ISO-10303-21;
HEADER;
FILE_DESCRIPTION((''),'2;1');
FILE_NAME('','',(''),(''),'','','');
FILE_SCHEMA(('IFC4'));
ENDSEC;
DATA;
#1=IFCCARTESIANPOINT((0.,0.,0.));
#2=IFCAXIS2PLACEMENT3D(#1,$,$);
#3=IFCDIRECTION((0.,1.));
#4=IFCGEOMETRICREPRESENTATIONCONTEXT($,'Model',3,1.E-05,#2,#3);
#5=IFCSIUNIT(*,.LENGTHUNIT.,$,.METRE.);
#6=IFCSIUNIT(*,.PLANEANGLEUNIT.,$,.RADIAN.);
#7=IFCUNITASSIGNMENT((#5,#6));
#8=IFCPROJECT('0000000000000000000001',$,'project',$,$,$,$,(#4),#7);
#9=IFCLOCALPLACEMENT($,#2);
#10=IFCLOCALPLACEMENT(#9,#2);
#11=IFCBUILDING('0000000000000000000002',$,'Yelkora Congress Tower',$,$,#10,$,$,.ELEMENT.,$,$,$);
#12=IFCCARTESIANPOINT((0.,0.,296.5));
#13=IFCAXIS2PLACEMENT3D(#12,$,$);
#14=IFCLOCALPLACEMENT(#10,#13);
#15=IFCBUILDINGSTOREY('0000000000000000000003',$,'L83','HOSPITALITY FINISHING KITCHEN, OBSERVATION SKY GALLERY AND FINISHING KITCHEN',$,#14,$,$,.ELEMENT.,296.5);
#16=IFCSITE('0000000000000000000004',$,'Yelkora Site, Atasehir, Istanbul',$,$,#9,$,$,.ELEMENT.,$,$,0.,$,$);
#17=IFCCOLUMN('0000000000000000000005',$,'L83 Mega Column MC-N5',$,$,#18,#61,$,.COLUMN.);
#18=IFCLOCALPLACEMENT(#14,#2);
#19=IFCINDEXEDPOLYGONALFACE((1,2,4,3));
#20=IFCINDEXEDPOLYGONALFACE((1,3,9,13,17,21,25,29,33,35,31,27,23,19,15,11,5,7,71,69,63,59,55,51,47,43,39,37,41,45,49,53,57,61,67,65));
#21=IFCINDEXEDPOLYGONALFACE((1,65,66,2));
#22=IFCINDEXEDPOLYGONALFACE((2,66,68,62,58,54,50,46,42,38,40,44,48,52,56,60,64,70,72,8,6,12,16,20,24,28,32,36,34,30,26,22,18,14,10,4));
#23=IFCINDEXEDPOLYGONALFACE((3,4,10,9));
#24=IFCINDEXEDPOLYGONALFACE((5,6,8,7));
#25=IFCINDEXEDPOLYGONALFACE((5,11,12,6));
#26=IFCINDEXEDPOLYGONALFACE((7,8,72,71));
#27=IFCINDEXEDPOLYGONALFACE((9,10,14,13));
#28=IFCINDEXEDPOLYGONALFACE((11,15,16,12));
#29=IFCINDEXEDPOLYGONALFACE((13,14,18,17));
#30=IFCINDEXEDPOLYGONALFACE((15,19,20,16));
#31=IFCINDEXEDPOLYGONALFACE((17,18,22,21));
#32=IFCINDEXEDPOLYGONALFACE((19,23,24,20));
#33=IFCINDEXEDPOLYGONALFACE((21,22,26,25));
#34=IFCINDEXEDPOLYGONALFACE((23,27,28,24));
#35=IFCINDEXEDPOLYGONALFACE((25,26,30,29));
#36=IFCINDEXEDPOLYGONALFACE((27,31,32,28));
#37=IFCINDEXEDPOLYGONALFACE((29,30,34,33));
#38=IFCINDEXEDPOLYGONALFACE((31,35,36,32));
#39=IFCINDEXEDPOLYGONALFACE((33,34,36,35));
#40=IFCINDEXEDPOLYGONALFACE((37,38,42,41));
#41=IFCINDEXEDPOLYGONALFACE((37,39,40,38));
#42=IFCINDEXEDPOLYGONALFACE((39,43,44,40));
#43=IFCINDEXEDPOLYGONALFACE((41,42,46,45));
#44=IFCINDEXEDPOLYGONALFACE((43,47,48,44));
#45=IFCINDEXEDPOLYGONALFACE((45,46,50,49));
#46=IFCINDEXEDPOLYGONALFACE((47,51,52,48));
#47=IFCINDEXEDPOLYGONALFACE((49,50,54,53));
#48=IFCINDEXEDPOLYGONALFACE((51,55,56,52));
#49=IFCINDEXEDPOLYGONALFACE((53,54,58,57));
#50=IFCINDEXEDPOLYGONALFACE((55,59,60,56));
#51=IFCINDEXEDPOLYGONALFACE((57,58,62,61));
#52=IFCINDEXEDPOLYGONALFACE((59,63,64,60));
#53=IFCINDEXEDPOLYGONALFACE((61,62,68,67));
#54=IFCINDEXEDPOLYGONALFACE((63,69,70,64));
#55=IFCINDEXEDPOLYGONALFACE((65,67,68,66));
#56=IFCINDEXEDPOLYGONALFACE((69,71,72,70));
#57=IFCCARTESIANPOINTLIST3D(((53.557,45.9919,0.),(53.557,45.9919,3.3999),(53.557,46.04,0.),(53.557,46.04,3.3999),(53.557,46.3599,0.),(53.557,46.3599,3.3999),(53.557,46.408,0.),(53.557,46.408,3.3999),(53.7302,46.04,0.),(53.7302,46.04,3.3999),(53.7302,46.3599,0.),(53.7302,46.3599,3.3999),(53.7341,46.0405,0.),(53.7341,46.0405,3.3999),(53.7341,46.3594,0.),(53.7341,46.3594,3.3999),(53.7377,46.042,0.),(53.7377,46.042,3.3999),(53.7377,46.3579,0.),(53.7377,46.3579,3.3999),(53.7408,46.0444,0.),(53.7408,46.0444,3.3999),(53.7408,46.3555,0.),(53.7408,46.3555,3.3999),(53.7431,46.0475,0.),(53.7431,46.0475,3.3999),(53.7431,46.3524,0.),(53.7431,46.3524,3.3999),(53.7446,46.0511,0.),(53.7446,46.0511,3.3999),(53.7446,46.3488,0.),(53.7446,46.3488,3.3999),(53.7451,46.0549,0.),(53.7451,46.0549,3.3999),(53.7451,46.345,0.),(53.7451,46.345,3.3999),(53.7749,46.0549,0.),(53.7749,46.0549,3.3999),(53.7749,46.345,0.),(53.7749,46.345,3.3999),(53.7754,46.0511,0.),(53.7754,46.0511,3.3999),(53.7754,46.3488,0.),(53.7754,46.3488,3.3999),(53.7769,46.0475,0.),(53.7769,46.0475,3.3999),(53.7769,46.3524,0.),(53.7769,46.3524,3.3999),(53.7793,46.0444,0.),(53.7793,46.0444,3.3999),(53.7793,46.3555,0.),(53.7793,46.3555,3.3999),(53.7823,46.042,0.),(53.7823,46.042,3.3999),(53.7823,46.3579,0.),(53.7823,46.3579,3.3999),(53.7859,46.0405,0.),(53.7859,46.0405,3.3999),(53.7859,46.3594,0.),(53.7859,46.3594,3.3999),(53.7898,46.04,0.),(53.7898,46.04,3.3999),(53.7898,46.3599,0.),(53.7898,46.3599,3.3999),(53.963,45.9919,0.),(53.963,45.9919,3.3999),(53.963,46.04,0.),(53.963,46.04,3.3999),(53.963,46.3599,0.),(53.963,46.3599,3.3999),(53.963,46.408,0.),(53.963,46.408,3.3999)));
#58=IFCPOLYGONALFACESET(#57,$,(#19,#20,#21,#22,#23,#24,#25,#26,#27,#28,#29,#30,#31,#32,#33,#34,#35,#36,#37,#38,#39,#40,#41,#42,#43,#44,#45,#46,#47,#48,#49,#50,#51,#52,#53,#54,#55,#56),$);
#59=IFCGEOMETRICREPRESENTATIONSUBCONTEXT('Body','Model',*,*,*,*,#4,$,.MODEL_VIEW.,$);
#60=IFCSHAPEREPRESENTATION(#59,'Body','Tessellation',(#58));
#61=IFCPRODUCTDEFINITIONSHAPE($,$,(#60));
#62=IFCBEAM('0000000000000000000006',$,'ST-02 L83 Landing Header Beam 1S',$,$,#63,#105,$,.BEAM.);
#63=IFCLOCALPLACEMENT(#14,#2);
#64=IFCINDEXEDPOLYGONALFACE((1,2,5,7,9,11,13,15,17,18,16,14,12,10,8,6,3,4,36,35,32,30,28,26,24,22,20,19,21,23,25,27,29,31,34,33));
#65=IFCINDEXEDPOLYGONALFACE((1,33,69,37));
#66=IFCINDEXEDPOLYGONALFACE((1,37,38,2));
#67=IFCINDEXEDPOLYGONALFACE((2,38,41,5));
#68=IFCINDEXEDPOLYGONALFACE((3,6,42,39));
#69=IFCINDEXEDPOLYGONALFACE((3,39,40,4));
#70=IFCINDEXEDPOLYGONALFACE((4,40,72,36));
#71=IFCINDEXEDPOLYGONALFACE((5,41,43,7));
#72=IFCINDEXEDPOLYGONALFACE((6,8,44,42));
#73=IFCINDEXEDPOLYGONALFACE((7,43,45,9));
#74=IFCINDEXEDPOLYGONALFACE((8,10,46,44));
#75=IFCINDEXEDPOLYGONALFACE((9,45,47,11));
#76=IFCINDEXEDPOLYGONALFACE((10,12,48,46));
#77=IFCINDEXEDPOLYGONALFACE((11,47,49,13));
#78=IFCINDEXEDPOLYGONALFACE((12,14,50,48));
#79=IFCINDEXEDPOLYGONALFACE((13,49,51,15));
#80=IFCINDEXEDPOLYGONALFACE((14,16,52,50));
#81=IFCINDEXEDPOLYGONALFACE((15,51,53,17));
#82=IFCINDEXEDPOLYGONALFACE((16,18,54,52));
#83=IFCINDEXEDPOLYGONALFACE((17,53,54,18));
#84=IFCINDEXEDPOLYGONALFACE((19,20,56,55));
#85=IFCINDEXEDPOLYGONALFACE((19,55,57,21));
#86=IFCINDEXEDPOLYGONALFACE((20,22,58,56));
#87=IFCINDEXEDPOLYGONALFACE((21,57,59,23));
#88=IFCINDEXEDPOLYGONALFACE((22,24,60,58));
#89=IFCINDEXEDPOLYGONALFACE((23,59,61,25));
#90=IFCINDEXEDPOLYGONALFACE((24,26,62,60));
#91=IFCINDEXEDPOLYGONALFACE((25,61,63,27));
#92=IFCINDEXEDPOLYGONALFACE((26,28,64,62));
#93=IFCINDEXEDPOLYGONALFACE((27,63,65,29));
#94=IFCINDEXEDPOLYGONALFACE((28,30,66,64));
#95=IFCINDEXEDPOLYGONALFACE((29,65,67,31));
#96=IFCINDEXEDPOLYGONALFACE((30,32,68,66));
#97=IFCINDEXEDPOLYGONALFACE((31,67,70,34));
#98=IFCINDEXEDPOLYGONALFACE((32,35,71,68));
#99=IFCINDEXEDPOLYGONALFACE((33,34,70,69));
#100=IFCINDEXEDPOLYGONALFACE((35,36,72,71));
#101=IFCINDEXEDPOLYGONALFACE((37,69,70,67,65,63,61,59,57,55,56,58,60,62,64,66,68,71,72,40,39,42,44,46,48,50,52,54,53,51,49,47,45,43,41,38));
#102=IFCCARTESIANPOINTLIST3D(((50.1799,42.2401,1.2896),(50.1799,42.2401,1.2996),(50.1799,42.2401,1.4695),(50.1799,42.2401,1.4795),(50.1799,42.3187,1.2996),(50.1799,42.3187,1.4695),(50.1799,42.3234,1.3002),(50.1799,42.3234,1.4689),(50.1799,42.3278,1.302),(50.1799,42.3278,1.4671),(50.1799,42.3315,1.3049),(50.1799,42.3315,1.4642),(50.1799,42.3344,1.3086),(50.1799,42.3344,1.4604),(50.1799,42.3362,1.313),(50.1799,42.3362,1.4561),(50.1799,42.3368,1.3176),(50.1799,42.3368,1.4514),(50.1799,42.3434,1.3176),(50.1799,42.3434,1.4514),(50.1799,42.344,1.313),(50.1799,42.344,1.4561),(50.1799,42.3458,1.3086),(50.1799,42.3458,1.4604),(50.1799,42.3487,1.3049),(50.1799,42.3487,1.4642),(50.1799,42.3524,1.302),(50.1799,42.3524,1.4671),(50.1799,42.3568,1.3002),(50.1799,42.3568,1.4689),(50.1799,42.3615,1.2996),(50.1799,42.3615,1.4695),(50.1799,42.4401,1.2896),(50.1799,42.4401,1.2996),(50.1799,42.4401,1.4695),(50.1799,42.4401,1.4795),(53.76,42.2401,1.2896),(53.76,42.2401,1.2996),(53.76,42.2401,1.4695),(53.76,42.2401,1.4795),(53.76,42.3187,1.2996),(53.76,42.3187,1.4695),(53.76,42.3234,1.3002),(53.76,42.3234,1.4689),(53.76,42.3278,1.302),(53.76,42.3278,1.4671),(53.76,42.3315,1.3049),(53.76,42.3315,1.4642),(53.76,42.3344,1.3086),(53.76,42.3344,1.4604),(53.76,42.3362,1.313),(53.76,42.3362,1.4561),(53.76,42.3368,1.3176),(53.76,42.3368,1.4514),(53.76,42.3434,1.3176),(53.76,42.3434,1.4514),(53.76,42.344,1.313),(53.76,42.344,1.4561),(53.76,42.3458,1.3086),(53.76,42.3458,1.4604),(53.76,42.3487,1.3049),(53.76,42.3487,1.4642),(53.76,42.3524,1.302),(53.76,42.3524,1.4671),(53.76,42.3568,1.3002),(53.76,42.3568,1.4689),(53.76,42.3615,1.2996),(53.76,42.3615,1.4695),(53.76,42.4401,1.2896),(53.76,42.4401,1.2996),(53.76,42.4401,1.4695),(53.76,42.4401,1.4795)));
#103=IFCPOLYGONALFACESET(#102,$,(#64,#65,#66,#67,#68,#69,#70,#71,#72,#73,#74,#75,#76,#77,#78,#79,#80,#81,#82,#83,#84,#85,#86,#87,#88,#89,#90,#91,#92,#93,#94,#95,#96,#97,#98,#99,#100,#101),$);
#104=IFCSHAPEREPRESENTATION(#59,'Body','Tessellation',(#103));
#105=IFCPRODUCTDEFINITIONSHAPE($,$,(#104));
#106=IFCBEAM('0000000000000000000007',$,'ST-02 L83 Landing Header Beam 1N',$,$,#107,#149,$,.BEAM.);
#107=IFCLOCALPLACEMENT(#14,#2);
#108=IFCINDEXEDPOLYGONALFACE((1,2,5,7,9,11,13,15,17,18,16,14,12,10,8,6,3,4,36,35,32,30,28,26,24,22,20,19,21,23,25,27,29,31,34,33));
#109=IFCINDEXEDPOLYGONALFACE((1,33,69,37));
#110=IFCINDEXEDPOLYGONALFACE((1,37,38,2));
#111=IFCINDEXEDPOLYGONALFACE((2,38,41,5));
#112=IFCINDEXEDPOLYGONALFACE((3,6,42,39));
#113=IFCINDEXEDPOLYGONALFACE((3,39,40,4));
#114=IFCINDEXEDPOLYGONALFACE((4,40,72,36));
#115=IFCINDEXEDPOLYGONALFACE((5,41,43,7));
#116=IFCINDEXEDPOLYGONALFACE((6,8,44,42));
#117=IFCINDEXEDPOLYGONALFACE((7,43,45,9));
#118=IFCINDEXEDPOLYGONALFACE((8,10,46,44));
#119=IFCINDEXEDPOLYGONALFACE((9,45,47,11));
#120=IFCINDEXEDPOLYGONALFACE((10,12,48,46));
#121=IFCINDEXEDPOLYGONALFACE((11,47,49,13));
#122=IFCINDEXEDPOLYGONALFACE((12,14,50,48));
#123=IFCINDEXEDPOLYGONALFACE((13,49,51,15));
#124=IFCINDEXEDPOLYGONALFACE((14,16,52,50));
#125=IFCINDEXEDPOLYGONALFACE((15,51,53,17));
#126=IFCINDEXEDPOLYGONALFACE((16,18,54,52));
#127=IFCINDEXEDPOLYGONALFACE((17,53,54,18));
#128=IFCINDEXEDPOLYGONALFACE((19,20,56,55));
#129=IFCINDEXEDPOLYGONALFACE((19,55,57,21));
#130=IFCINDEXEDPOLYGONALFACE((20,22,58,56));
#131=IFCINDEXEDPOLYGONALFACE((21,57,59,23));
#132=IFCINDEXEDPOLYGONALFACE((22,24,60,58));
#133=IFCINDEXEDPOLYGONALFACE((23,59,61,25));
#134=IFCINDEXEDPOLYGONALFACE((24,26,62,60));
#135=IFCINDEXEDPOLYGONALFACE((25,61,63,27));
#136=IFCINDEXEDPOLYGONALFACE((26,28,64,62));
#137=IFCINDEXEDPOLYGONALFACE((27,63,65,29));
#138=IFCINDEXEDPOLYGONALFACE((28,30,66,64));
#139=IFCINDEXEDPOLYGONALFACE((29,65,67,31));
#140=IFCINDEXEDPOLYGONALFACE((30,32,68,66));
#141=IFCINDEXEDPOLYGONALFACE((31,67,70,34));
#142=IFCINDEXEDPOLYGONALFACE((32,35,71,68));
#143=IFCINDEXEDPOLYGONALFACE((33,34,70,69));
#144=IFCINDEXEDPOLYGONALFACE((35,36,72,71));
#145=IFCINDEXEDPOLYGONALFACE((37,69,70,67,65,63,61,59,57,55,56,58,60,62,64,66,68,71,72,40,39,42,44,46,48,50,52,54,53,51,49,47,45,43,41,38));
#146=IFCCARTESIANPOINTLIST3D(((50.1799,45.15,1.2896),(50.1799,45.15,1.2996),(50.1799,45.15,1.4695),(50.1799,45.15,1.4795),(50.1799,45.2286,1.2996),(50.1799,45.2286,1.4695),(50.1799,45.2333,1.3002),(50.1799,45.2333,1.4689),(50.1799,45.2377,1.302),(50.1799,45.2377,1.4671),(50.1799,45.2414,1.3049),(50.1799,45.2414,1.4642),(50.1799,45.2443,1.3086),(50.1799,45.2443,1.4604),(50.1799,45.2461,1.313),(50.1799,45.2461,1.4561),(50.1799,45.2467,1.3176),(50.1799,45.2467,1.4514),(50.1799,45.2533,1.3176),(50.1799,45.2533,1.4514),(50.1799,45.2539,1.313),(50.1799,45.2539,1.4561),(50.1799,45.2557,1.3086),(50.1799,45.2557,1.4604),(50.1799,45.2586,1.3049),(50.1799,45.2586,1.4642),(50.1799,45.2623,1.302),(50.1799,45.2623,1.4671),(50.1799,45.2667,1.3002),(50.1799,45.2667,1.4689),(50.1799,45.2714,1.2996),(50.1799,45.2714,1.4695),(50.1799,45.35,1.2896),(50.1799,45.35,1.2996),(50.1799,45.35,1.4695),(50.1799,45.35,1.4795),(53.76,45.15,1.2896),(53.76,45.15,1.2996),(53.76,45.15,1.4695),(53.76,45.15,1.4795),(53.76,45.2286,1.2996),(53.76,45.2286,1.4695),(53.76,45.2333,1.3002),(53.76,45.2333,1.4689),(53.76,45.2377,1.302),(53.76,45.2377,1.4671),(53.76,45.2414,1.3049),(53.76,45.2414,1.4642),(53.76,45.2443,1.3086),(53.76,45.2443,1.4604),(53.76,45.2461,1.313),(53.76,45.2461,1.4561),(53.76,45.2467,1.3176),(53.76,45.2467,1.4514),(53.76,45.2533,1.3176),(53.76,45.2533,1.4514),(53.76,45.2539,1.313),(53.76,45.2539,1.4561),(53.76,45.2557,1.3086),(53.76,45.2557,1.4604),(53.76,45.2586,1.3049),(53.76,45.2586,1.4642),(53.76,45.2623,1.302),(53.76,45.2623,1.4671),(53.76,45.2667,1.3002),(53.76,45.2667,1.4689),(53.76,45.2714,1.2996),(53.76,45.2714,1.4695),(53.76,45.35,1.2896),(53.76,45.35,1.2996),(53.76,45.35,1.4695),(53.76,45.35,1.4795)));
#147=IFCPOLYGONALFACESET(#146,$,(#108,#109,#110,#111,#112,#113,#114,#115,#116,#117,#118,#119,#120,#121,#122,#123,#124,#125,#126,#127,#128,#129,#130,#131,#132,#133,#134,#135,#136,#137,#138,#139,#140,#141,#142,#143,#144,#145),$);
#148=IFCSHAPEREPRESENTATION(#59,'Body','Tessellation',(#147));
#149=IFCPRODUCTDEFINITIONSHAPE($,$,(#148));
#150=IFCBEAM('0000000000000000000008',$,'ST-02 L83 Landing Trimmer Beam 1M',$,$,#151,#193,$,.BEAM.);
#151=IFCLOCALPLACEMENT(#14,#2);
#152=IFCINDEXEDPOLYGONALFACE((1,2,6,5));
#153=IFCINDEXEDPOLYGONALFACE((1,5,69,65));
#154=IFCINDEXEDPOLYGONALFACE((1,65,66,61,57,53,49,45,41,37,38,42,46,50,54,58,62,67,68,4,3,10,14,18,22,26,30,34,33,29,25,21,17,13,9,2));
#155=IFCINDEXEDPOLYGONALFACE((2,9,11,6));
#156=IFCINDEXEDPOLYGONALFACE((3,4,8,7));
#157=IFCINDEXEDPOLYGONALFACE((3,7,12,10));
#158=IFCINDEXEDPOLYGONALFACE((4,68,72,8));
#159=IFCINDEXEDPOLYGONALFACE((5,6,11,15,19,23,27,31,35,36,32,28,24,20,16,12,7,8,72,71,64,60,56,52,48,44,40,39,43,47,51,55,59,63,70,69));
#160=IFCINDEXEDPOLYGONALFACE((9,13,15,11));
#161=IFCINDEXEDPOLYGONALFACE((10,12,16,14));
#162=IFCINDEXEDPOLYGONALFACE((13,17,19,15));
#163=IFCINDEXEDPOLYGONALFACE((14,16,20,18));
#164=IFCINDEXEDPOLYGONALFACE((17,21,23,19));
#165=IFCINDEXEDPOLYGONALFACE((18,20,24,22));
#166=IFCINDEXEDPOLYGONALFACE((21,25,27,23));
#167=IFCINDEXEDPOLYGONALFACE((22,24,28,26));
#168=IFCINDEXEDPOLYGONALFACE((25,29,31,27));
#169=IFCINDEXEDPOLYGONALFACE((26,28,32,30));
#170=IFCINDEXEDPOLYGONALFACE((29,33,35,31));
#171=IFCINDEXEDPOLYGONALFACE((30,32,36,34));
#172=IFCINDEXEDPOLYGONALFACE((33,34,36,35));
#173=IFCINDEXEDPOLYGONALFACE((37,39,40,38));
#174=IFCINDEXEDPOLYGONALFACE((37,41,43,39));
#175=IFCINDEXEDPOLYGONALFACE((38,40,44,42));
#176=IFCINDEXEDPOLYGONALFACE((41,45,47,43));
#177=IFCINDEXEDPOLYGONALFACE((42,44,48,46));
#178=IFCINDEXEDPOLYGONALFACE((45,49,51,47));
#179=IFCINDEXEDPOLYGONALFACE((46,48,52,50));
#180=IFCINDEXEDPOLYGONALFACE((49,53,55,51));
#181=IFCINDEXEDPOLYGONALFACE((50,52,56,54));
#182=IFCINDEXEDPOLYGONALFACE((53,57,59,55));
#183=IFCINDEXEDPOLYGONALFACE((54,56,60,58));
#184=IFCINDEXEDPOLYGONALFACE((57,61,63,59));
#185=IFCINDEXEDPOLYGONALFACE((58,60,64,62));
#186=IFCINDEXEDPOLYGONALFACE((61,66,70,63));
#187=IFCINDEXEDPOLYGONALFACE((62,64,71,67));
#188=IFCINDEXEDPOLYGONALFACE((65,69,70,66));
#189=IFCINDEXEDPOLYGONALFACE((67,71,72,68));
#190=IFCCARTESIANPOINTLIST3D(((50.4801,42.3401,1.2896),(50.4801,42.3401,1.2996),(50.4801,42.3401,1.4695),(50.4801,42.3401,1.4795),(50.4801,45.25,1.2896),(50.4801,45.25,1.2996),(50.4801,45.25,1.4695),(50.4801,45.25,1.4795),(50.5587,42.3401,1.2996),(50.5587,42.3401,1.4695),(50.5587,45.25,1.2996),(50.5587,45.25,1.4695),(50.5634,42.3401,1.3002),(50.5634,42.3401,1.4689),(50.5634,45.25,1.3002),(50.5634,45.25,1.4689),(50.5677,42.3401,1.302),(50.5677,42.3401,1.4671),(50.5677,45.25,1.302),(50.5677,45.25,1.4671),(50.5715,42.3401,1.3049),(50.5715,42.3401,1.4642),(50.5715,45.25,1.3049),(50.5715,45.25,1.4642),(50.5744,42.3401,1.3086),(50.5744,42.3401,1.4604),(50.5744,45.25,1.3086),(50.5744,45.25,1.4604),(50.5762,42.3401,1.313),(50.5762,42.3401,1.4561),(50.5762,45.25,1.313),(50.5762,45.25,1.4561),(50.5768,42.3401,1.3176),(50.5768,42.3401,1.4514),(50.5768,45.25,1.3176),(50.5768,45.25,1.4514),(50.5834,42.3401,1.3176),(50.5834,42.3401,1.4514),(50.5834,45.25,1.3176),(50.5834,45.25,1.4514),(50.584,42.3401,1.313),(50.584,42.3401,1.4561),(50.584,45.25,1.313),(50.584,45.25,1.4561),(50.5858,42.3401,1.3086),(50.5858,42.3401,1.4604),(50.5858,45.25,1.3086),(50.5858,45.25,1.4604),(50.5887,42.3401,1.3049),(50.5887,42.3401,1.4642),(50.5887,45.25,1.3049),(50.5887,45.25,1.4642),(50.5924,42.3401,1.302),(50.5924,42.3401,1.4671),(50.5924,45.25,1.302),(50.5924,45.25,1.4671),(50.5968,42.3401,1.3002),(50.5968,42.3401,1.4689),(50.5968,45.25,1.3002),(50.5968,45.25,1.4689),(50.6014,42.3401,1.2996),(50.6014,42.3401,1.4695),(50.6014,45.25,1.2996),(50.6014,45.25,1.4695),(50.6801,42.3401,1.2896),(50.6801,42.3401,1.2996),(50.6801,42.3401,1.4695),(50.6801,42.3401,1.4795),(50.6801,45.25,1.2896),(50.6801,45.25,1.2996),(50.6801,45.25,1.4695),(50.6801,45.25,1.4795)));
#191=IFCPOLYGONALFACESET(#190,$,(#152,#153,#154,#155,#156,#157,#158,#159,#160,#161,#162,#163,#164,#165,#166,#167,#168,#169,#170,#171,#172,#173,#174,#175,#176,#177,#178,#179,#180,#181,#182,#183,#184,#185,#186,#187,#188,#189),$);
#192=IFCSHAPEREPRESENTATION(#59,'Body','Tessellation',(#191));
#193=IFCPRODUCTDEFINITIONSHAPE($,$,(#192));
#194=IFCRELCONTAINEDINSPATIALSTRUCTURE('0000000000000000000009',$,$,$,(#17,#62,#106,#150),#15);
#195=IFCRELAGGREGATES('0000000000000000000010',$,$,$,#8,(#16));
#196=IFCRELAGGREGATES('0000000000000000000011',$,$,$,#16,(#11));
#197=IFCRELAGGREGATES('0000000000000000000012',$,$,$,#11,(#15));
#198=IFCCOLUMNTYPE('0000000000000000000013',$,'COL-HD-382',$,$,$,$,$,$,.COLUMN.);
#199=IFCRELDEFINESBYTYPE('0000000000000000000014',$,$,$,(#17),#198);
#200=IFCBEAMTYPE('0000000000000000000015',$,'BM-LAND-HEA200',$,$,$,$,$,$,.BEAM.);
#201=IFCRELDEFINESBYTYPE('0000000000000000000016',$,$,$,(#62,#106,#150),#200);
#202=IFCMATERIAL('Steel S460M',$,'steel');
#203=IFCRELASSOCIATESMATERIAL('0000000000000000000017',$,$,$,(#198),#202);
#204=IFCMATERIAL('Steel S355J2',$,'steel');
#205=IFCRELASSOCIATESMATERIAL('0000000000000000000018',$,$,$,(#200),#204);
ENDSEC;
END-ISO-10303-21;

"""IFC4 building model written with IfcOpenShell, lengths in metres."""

from ifc_helpers import new_model, si_unit, direction, frame, origin, origin_2d, place, context, subcontext, project, spatial, i_section, extrude, material, material_profile, profile_set, type_object, element, save


model = new_model("IFC4")

# Units and contexts
model_context = context("Model", 3, precision=1e-05, world=origin(), true_north=direction((0.0, 1.0)))
body_context = subcontext(model_context, "Body", "Model", "MODEL_VIEW")
ifc_project = project(units=[si_unit("LENGTHUNIT", "METRE"), si_unit("PLANEANGLEUNIT", "RADIAN")], contexts=[model_context])

# Site, building, storey
site_placement = place(None, origin())
site = spatial("IfcSite", under=ifc_project, at=site_placement, Name="Yelkora Site, Atasehir, Istanbul", CompositionType="ELEMENT", RefElevation=0.0)
building_placement = place(site_placement, origin())
building = spatial("IfcBuilding", under=site, at=building_placement, Name="Yelkora Congress Tower", CompositionType="ELEMENT")
storey_placement = place(building_placement, frame((0.0, 0.0, 296.5)))
storey = spatial("IfcBuildingStorey", under=building, at=storey_placement, Name="L83", Description="HOSPITALITY FINISHING KITCHEN, OBSERVATION SKY GALLERY AND FINISHING KITCHEN", CompositionType="ELEMENT", Elevation=296.5)

# Column
ifc_material_1 = material(Name="Steel S460M", Category="steel")
ifc_material_profile_1 = material_profile(ifc_material_1, i_section(OverallWidth=0.406, OverallDepth=0.416, WebThickness=0.0298, FlangeThickness=0.0481, FilletRadius=0.0149, at=origin_2d()), Name="HD 400x382")
ifc_profile_set_1 = profile_set([ifc_material_profile_1], Name="Steel S460M")
column_type = type_object("IfcColumnType", Name="COL-HD-382", PredefinedType="COLUMN", material=ifc_profile_set_1)
column_placement = place(storey_placement, frame((53.76, 46.2, 0.0), z_axis=(0.0, 0.0, 1.0), x_axis=(1.0, 0.0, 0.0)))
element("IfcColumn", 1, at=column_placement, inside=storey, type_object=column_type, Name="L83 Mega Column MC-N5", PredefinedType="COLUMN", context=body_context, shape_type="SweptSolid", body=[
    extrude(i_section(OverallWidth=0.406, OverallDepth=0.416, WebThickness=0.0298, FlangeThickness=0.0481, FilletRadius=0.0149, at=origin_2d()), origin(), (0.0, 0.0, 1.0), 3.3999),
])

# Beams
ifc_material_2 = material(Name="Steel S355J2", Category="steel")
ifc_material_profile_2 = material_profile(ifc_material_2, i_section(OverallWidth=0.2, OverallDepth=0.1899, WebThickness=0.0066, FlangeThickness=0.01, FilletRadius=0.0181, at=origin_2d()), Name="HEA 200")
ifc_profile_set_2 = profile_set([ifc_material_profile_2], Name="Steel S355J2")
beam_type = type_object("IfcBeamType", Name="BM-LAND-HEA200", PredefinedType="BEAM", material=ifc_profile_set_2)
for number, where, z_axis, x_axis, name in (
    (2, (50.1799, 42.3401, 1.3845), (1.0, 0.0, 0.0), (0.0, 1.0, 0.0), "ST-02 L83 Landing Header Beam 1S"),
    (3, (50.1799, 45.25, 1.3845), (1.0, 0.0, 0.0), (0.0, 1.0, 0.0), "ST-02 L83 Landing Header Beam 1N"),
):
    element("IfcBeam", number, at=place(storey_placement, frame(where, z_axis=z_axis, x_axis=x_axis)), inside=storey, type_object=beam_type, Name=name, PredefinedType="BEAM", context=body_context, shape_type="SweptSolid", body=[
        extrude(i_section(OverallWidth=0.2, OverallDepth=0.1899, WebThickness=0.0066, FlangeThickness=0.01, FilletRadius=0.0181, at=origin_2d()), origin(), (0.0, 0.0, 1.0), 3.5801),
    ])
beam_placement = place(storey_placement, frame((50.5801, 42.3401, 1.3845), z_axis=(0.0, 1.0, 0.0), x_axis=(-1.0, 0.0, 0.0)))
element("IfcBeam", 4, at=beam_placement, inside=storey, type_object=beam_type, Name="ST-02 L83 Landing Trimmer Beam 1M", PredefinedType="BEAM", context=body_context, shape_type="SweptSolid", body=[
    extrude(i_section(OverallWidth=0.2, OverallDepth=0.1899, WebThickness=0.0066, FlangeThickness=0.01, FilletRadius=0.0181, at=origin_2d()), origin(), (0.0, 0.0, 1.0), 2.9099),
])

save(model, "model.ifc")
